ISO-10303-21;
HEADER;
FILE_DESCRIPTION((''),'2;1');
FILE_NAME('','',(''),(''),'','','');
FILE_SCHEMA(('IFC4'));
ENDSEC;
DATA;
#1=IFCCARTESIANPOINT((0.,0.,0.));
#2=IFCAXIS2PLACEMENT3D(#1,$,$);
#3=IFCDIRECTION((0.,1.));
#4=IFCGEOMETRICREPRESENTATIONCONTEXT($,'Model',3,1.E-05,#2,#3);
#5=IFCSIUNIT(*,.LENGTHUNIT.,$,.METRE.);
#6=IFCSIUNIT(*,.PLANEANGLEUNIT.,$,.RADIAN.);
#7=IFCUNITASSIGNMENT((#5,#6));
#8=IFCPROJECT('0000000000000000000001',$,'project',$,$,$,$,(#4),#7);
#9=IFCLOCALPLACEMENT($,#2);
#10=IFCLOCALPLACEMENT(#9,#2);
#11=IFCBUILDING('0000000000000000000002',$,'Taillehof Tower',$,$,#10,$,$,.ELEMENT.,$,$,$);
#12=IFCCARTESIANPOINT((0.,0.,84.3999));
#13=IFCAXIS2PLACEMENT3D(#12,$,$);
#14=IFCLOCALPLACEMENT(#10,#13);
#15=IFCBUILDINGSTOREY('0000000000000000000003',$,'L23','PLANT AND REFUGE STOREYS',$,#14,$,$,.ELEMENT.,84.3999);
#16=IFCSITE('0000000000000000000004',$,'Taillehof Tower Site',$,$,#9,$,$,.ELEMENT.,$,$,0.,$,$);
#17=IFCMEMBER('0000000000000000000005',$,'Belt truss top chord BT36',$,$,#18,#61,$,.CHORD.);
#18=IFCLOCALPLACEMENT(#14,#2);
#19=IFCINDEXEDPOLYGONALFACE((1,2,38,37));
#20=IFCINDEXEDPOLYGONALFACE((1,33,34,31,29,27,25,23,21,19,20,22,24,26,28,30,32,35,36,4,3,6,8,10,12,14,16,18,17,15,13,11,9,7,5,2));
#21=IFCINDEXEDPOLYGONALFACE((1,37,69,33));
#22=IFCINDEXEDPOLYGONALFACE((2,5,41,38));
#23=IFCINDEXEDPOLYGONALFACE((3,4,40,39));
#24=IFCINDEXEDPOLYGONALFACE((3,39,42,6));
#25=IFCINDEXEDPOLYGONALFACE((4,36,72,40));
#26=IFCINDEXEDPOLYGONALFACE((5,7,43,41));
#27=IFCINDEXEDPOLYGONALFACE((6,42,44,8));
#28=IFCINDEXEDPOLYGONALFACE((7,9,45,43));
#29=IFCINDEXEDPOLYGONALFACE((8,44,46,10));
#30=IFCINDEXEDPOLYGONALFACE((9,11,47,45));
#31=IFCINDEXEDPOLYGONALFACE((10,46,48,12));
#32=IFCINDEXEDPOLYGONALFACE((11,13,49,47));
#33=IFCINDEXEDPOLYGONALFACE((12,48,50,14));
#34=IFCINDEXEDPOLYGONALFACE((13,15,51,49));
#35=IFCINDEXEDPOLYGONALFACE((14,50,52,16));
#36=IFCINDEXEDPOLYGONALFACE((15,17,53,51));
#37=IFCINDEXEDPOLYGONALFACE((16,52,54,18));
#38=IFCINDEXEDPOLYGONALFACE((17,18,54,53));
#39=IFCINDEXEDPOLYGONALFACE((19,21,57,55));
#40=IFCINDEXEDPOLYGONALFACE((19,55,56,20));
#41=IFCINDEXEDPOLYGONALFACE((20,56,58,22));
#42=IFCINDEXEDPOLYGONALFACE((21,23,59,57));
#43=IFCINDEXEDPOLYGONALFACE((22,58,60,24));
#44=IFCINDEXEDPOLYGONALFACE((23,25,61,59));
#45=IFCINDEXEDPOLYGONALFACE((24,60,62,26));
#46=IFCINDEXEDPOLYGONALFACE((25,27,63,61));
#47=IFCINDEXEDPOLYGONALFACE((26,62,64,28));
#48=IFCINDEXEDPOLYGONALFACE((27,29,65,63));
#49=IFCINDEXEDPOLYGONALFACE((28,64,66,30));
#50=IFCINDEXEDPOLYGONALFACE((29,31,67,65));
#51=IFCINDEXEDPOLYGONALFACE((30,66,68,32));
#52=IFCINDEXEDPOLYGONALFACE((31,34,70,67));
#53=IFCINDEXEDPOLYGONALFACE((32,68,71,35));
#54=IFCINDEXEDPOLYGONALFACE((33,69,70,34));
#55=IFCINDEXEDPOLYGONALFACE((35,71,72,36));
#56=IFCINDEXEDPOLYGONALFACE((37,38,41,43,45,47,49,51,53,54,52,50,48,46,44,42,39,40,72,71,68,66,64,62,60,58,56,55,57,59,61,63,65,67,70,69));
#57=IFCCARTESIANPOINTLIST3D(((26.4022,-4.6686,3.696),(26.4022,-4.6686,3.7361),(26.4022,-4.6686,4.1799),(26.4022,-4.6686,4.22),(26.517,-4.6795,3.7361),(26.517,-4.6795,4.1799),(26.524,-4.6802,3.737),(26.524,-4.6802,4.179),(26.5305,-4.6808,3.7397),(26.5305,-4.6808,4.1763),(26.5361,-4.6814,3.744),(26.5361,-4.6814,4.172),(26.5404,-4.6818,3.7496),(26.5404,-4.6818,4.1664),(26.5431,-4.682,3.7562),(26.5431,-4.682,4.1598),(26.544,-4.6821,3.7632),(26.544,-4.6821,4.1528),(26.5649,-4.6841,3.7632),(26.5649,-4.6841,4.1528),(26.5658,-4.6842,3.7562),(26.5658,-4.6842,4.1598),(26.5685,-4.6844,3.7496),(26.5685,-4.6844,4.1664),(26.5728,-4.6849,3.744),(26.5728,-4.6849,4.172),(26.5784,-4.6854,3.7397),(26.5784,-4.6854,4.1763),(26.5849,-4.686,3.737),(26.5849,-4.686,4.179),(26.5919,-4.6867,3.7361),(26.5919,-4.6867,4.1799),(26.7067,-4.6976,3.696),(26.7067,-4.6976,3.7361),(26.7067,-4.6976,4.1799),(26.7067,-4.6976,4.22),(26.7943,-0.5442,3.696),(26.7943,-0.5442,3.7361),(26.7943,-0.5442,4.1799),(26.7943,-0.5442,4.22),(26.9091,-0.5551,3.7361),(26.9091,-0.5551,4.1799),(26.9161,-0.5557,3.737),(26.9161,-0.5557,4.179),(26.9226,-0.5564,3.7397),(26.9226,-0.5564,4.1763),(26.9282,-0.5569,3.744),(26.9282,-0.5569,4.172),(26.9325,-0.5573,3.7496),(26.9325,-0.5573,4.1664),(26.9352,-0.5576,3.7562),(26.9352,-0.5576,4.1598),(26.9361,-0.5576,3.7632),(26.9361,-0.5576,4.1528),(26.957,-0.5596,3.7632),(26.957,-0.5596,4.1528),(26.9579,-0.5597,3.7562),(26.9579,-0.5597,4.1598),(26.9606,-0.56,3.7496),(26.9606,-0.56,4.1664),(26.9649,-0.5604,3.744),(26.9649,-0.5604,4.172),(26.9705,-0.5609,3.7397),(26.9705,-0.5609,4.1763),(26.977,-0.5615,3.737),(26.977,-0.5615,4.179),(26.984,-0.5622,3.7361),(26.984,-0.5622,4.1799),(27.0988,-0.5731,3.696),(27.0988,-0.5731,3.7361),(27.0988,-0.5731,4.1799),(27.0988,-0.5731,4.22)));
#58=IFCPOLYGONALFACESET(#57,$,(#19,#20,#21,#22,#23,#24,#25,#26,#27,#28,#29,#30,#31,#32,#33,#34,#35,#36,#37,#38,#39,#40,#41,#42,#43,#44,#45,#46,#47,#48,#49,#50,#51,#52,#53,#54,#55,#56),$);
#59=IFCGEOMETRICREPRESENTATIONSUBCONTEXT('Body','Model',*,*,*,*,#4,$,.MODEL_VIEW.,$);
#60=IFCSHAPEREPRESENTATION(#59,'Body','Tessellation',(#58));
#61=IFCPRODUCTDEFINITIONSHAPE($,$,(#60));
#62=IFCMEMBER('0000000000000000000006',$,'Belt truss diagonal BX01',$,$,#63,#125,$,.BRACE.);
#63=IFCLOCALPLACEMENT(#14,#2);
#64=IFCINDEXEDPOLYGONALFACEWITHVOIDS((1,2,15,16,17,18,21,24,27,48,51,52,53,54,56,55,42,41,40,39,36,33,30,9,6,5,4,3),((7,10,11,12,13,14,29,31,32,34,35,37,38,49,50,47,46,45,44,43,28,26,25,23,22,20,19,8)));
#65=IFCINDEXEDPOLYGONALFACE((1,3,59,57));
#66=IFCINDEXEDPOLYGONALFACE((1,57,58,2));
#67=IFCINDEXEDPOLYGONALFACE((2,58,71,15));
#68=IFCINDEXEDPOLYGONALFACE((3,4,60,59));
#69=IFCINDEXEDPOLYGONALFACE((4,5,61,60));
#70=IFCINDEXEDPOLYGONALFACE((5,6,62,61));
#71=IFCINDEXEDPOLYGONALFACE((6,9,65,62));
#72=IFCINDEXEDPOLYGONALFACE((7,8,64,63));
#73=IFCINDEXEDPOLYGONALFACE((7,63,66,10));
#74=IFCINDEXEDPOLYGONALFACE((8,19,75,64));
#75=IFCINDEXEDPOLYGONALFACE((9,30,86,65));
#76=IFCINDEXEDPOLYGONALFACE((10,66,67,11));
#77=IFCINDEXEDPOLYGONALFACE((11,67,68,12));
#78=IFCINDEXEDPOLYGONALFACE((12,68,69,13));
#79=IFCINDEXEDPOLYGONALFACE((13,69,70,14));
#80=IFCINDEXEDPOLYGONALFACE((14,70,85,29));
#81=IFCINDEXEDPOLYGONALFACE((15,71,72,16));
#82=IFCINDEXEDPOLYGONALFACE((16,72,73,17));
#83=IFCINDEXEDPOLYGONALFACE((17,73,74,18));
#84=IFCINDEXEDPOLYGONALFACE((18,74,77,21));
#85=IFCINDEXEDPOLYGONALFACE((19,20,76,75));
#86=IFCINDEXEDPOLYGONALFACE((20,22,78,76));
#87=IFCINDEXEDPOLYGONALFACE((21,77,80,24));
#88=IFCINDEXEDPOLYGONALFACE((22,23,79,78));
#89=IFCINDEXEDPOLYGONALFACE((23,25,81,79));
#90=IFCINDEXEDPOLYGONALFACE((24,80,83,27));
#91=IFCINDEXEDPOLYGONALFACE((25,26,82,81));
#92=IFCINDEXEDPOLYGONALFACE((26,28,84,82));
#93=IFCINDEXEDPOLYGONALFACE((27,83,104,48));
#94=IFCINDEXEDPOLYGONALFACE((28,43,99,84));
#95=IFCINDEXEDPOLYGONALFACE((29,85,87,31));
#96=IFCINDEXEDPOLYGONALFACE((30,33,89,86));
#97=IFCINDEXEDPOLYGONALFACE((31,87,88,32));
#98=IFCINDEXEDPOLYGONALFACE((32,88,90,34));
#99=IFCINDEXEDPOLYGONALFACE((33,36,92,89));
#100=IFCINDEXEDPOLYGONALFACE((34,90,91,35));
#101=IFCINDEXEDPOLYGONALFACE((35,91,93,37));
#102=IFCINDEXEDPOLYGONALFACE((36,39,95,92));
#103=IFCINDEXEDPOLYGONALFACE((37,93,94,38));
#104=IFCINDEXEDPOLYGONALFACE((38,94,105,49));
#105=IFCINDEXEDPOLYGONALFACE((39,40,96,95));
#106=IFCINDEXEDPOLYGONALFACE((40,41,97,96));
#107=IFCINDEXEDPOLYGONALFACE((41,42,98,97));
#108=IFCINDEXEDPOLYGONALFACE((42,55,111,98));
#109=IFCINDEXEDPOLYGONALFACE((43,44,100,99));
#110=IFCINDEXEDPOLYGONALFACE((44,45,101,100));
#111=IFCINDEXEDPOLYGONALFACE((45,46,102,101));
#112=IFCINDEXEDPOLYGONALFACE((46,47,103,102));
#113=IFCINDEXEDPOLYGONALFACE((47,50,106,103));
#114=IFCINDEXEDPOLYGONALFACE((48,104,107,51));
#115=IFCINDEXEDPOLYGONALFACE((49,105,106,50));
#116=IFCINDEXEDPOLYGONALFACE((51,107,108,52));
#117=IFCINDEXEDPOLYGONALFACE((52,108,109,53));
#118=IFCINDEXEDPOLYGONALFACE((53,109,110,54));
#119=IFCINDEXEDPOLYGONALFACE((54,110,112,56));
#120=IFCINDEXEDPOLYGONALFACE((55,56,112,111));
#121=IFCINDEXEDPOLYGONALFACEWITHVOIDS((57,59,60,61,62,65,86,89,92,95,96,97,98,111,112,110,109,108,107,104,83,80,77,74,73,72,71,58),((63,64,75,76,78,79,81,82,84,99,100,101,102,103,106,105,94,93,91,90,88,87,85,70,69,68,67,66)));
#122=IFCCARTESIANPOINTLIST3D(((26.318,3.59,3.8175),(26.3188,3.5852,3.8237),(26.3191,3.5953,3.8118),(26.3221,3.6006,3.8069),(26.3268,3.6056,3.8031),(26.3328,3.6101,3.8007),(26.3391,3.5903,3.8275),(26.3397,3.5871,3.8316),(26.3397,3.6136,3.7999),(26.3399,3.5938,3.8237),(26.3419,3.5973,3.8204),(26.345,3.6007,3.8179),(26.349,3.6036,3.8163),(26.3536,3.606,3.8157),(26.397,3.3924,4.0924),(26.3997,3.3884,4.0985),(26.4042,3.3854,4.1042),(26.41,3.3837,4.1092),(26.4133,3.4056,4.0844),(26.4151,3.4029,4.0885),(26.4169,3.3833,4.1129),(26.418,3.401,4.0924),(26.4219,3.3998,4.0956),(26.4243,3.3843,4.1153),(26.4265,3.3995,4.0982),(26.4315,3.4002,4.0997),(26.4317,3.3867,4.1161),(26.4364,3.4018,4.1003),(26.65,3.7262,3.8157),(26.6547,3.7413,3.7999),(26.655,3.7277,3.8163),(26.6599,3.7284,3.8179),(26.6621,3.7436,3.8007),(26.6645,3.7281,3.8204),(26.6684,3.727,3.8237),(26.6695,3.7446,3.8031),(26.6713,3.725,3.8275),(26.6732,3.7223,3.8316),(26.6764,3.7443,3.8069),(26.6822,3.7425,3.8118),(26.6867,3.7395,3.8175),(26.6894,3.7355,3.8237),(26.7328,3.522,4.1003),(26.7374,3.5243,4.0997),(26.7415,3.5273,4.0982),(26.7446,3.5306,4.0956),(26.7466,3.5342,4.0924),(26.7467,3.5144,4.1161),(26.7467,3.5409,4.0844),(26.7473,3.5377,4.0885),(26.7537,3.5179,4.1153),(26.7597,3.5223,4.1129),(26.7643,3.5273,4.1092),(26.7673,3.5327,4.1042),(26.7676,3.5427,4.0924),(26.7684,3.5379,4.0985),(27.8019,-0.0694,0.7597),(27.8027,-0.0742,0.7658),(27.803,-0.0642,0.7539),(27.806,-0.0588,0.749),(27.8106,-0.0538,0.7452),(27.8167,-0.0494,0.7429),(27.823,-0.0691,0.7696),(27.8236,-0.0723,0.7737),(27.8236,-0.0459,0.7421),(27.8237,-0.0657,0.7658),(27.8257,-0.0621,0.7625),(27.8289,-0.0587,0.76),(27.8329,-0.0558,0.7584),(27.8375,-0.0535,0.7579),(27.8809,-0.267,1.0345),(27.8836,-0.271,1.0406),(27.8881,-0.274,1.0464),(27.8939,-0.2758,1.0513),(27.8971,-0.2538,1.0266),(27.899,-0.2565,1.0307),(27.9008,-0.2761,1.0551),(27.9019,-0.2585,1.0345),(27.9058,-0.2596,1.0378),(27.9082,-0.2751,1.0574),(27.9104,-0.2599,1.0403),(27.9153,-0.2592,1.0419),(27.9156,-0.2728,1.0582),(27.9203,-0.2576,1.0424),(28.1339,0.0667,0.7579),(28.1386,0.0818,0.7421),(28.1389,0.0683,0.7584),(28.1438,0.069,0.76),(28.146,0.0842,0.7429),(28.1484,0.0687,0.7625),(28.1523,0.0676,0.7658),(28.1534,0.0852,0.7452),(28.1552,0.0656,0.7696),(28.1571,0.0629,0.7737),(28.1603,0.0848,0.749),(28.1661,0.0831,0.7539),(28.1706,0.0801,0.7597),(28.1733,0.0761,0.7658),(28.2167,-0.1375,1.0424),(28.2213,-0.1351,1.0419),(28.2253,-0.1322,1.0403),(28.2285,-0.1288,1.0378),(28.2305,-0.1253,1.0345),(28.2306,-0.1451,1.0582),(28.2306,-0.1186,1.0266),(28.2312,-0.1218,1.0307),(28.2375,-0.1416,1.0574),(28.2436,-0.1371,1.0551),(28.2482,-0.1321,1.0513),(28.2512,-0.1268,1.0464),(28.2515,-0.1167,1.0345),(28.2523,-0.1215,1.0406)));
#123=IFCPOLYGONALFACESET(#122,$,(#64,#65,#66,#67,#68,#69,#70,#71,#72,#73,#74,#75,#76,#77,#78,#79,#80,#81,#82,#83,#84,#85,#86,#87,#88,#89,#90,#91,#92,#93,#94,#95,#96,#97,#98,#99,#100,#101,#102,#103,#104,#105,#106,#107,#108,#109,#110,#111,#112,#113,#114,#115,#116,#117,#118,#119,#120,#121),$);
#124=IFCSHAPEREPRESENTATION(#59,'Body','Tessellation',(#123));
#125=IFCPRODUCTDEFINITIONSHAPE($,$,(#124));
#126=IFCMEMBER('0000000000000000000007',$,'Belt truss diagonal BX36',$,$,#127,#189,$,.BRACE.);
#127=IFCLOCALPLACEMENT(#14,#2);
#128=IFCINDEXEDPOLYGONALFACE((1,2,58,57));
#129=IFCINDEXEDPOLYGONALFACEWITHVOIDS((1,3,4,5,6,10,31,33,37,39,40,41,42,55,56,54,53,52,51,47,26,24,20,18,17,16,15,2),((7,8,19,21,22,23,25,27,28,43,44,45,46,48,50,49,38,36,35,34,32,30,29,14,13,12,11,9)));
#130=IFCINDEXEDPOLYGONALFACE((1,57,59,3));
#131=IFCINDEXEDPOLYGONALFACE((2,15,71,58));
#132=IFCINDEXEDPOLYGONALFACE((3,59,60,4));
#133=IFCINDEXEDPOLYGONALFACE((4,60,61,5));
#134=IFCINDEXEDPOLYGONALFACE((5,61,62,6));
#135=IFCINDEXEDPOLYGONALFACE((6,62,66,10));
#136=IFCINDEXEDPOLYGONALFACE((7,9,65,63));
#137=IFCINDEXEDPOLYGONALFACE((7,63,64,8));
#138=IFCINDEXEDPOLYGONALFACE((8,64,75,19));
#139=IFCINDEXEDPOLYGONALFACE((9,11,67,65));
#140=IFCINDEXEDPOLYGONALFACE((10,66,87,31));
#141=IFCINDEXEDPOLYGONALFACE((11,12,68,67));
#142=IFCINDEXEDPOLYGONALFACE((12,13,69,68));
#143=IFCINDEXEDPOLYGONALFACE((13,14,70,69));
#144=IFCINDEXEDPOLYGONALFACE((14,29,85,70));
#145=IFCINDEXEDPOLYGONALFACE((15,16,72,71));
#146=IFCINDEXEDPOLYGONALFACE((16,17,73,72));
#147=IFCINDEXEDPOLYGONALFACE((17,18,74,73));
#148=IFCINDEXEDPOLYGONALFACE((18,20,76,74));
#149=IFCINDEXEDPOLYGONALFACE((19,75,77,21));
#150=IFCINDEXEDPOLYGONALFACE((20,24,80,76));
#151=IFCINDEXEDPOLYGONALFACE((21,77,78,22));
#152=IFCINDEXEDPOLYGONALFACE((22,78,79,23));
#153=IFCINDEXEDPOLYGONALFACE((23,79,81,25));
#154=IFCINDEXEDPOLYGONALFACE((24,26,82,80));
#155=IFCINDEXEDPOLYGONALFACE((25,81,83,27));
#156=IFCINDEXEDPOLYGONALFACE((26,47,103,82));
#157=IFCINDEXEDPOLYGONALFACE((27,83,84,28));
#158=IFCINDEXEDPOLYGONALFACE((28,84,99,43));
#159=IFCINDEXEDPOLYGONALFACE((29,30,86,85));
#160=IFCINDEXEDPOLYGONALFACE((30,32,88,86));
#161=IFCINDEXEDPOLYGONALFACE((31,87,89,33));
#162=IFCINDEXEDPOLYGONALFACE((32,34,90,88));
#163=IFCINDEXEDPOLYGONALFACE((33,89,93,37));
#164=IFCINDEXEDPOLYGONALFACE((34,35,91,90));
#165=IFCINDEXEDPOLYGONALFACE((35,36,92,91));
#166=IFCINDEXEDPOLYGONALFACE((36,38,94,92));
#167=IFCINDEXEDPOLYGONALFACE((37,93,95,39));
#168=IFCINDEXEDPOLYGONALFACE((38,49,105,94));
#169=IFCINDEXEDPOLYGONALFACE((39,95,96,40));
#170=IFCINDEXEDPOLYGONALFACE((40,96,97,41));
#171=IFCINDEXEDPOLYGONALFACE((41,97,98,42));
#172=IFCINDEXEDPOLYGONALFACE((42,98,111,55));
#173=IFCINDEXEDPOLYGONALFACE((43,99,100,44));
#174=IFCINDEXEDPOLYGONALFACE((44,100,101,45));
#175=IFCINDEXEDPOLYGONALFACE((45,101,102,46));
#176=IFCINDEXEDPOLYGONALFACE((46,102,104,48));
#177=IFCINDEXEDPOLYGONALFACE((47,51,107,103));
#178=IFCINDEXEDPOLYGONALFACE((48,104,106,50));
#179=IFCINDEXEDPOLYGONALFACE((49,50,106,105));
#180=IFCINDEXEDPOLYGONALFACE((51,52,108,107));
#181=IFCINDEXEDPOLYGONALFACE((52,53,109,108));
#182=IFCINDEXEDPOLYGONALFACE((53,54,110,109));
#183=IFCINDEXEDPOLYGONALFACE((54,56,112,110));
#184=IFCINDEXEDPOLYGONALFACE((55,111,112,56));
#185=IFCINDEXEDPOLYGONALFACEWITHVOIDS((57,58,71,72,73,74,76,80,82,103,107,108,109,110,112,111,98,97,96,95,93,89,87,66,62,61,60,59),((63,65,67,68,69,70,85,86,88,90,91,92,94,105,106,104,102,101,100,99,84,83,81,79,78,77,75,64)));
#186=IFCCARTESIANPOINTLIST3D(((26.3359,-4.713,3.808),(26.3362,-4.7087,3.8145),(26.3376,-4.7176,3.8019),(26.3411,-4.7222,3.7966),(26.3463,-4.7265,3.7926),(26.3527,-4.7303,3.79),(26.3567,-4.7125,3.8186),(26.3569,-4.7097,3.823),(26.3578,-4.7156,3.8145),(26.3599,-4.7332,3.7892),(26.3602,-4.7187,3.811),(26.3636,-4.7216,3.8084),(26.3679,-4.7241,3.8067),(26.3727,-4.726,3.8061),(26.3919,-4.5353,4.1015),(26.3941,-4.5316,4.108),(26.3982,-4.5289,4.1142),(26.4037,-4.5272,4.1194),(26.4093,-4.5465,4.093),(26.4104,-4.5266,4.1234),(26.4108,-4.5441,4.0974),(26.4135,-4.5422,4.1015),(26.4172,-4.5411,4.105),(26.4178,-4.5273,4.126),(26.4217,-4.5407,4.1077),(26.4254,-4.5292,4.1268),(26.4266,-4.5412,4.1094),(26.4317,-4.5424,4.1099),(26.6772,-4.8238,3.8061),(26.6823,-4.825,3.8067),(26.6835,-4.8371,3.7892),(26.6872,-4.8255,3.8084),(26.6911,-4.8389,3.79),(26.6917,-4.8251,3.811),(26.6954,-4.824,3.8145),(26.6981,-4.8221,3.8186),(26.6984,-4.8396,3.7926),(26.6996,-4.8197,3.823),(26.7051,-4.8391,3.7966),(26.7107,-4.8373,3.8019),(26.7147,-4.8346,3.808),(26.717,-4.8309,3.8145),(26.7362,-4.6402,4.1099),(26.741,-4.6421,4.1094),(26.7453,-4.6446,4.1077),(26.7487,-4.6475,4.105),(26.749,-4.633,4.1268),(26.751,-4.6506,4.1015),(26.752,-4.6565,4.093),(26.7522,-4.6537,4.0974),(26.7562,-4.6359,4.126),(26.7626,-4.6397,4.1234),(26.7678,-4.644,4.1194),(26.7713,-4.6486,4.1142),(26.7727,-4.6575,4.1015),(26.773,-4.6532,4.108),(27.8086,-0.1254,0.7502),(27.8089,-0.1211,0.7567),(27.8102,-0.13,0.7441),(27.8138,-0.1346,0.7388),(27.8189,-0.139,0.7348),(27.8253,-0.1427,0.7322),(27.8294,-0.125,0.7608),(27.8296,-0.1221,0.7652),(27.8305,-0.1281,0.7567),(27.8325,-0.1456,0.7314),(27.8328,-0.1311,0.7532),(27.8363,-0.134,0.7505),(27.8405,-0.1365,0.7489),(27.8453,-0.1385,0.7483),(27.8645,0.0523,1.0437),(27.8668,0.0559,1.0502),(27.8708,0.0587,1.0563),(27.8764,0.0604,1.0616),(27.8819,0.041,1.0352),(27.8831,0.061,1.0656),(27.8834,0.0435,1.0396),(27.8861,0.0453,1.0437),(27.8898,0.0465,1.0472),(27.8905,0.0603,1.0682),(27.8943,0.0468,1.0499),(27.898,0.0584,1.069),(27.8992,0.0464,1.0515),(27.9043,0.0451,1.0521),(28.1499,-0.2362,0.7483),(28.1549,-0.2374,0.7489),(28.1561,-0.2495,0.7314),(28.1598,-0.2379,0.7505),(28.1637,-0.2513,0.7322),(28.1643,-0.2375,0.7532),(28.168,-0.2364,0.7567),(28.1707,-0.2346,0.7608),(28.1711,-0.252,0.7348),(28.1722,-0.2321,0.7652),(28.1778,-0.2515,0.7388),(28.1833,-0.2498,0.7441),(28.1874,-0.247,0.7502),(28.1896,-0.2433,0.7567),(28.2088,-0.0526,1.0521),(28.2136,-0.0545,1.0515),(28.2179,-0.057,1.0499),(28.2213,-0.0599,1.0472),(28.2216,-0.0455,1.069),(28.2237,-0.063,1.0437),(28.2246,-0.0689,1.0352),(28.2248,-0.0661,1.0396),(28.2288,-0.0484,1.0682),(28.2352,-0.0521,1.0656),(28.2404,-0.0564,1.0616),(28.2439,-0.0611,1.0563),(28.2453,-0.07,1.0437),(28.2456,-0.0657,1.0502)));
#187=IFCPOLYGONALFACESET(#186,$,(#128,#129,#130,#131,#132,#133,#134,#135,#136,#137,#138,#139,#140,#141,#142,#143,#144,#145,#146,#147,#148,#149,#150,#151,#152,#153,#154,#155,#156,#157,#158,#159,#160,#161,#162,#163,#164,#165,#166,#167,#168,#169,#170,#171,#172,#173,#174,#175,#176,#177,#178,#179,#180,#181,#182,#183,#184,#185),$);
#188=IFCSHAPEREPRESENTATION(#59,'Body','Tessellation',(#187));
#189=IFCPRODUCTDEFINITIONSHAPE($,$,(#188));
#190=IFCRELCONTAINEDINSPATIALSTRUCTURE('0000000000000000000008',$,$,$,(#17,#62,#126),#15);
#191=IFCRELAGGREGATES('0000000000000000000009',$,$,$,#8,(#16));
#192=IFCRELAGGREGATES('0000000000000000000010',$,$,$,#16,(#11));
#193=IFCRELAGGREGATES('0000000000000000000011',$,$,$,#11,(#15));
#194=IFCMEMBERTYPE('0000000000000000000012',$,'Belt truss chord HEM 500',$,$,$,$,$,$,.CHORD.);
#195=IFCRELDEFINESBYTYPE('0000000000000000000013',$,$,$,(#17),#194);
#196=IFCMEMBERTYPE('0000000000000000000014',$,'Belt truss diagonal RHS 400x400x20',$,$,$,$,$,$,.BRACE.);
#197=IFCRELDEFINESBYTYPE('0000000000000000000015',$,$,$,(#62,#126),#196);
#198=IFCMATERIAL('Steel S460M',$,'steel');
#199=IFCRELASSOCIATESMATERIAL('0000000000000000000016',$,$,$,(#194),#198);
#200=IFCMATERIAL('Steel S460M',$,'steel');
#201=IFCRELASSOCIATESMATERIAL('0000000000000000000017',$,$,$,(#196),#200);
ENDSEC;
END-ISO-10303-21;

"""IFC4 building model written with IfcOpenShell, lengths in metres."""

from ifc_helpers import new_model, si_unit, direction, frame, origin, origin_2d, place, context, subcontext, project, spatial, hollow_rectangle, i_section, extrude, material, material_profile, profile_set, type_object, element, save


model = new_model("IFC4")

# Units and contexts
model_context = context("Model", 3, precision=1e-05, world=origin(), true_north=direction((0.0, 1.0)))
body_context = subcontext(model_context, "Body", "Model", "MODEL_VIEW")
ifc_project = project(units=[si_unit("LENGTHUNIT", "METRE"), si_unit("PLANEANGLEUNIT", "RADIAN")], contexts=[model_context])

# Site, building, storey
site_placement = place(None, origin())
site = spatial("IfcSite", under=ifc_project, at=site_placement, Name="Taillehof Tower Site", CompositionType="ELEMENT", RefElevation=0.0)
building_placement = place(site_placement, origin())
building = spatial("IfcBuilding", under=site, at=building_placement, Name="Taillehof Tower", CompositionType="ELEMENT")
storey_placement = place(building_placement, frame((0.0, 0.0, 84.3999)))
storey = spatial("IfcBuildingStorey", under=building, at=storey_placement, Name="L23", Description="PLANT AND REFUGE STOREYS", CompositionType="ELEMENT", Elevation=84.3999)

# Members
ifc_material_1 = material(Name="Steel S460M", Category="steel")
ifc_material_profile_1 = material_profile(ifc_material_1, i_section(OverallWidth=0.3059, OverallDepth=0.5239, WebThickness=0.021, FlangeThickness=0.04, FilletRadius=0.0271, at=origin_2d()), Name="HEM 500")
ifc_profile_set_1 = profile_set([ifc_material_profile_1], Name="Steel S460M")
member_type_1 = type_object("IfcMemberType", Name="Belt truss chord HEM 500", PredefinedType="CHORD", material=ifc_profile_set_1)
member_1_placement = place(storey_placement, frame((26.5544, -4.6831, 3.958), z_axis=(0.094637, 0.995512, 0.0), x_axis=(-0.995512, 0.094637, 0.0)))
element("IfcMember", 1, at=member_1_placement, inside=storey, type_object=member_type_1, Name="Belt truss top chord BT36", PredefinedType="CHORD", context=body_context, shape_type="SweptSolid", body=[
    extrude(i_section(OverallWidth=0.3059, OverallDepth=0.5239, WebThickness=0.021, FlangeThickness=0.04, FilletRadius=0.0271, at=origin_2d()), origin(), (0.0, 0.0, 1.0), 4.1431),
])
ifc_material_2 = material(Name="Steel S460M", Category="steel")
ifc_material_profile_2 = material_profile(ifc_material_2, hollow_rectangle(XDim=0.3999, YDim=0.3999, WallThickness=0.02, InnerFilletRadius=0.02, OuterFilletRadius=0.03, at=origin_2d()), Name="RHS 400x400x20")
ifc_profile_set_2 = profile_set([ifc_material_profile_2], Name="Steel S460M")
member_type_2 = type_object("IfcMemberType", Name="Belt truss diagonal RHS 400x400x20", PredefinedType="BRACE", material=ifc_profile_set_2)
member_2_placement = place(storey_placement, frame((28.0271, -0.0955, 0.9001), z_axis=(-0.297111, 0.732709, 0.612261), x_axis=(-0.92671, -0.375778, 0.0)))
element("IfcMember", 2, at=member_2_placement, inside=storey, type_object=member_type_2, Name="Belt truss diagonal BX01", PredefinedType="BRACE", context=body_context, shape_type="SweptSolid", body=[
    extrude(hollow_rectangle(XDim=0.3999, YDim=0.3999, WallThickness=0.02, InnerFilletRadius=0.02, OuterFilletRadius=0.03, at=origin_2d()), origin(), (0.0, 0.0, 1.0), 4.9944),
])
member_3_placement = place(storey_placement, frame((26.5544, -4.6831, 3.958), z_axis=(0.25806, 0.803914, -0.535843), x_axis=(-0.952146, 0.305643, 0.0)))
element("IfcMember", 3, at=member_3_placement, inside=storey, type_object=member_type_2, Name="Belt truss diagonal BX36", PredefinedType="BRACE", context=body_context, shape_type="SweptSolid", body=[
    extrude(hollow_rectangle(XDim=0.3999, YDim=0.3999, WallThickness=0.02, InnerFilletRadius=0.02, OuterFilletRadius=0.03, at=origin_2d()), origin(), (0.0, 0.0, 1.0), 5.7065),
])

save(model, "model.ifc")
